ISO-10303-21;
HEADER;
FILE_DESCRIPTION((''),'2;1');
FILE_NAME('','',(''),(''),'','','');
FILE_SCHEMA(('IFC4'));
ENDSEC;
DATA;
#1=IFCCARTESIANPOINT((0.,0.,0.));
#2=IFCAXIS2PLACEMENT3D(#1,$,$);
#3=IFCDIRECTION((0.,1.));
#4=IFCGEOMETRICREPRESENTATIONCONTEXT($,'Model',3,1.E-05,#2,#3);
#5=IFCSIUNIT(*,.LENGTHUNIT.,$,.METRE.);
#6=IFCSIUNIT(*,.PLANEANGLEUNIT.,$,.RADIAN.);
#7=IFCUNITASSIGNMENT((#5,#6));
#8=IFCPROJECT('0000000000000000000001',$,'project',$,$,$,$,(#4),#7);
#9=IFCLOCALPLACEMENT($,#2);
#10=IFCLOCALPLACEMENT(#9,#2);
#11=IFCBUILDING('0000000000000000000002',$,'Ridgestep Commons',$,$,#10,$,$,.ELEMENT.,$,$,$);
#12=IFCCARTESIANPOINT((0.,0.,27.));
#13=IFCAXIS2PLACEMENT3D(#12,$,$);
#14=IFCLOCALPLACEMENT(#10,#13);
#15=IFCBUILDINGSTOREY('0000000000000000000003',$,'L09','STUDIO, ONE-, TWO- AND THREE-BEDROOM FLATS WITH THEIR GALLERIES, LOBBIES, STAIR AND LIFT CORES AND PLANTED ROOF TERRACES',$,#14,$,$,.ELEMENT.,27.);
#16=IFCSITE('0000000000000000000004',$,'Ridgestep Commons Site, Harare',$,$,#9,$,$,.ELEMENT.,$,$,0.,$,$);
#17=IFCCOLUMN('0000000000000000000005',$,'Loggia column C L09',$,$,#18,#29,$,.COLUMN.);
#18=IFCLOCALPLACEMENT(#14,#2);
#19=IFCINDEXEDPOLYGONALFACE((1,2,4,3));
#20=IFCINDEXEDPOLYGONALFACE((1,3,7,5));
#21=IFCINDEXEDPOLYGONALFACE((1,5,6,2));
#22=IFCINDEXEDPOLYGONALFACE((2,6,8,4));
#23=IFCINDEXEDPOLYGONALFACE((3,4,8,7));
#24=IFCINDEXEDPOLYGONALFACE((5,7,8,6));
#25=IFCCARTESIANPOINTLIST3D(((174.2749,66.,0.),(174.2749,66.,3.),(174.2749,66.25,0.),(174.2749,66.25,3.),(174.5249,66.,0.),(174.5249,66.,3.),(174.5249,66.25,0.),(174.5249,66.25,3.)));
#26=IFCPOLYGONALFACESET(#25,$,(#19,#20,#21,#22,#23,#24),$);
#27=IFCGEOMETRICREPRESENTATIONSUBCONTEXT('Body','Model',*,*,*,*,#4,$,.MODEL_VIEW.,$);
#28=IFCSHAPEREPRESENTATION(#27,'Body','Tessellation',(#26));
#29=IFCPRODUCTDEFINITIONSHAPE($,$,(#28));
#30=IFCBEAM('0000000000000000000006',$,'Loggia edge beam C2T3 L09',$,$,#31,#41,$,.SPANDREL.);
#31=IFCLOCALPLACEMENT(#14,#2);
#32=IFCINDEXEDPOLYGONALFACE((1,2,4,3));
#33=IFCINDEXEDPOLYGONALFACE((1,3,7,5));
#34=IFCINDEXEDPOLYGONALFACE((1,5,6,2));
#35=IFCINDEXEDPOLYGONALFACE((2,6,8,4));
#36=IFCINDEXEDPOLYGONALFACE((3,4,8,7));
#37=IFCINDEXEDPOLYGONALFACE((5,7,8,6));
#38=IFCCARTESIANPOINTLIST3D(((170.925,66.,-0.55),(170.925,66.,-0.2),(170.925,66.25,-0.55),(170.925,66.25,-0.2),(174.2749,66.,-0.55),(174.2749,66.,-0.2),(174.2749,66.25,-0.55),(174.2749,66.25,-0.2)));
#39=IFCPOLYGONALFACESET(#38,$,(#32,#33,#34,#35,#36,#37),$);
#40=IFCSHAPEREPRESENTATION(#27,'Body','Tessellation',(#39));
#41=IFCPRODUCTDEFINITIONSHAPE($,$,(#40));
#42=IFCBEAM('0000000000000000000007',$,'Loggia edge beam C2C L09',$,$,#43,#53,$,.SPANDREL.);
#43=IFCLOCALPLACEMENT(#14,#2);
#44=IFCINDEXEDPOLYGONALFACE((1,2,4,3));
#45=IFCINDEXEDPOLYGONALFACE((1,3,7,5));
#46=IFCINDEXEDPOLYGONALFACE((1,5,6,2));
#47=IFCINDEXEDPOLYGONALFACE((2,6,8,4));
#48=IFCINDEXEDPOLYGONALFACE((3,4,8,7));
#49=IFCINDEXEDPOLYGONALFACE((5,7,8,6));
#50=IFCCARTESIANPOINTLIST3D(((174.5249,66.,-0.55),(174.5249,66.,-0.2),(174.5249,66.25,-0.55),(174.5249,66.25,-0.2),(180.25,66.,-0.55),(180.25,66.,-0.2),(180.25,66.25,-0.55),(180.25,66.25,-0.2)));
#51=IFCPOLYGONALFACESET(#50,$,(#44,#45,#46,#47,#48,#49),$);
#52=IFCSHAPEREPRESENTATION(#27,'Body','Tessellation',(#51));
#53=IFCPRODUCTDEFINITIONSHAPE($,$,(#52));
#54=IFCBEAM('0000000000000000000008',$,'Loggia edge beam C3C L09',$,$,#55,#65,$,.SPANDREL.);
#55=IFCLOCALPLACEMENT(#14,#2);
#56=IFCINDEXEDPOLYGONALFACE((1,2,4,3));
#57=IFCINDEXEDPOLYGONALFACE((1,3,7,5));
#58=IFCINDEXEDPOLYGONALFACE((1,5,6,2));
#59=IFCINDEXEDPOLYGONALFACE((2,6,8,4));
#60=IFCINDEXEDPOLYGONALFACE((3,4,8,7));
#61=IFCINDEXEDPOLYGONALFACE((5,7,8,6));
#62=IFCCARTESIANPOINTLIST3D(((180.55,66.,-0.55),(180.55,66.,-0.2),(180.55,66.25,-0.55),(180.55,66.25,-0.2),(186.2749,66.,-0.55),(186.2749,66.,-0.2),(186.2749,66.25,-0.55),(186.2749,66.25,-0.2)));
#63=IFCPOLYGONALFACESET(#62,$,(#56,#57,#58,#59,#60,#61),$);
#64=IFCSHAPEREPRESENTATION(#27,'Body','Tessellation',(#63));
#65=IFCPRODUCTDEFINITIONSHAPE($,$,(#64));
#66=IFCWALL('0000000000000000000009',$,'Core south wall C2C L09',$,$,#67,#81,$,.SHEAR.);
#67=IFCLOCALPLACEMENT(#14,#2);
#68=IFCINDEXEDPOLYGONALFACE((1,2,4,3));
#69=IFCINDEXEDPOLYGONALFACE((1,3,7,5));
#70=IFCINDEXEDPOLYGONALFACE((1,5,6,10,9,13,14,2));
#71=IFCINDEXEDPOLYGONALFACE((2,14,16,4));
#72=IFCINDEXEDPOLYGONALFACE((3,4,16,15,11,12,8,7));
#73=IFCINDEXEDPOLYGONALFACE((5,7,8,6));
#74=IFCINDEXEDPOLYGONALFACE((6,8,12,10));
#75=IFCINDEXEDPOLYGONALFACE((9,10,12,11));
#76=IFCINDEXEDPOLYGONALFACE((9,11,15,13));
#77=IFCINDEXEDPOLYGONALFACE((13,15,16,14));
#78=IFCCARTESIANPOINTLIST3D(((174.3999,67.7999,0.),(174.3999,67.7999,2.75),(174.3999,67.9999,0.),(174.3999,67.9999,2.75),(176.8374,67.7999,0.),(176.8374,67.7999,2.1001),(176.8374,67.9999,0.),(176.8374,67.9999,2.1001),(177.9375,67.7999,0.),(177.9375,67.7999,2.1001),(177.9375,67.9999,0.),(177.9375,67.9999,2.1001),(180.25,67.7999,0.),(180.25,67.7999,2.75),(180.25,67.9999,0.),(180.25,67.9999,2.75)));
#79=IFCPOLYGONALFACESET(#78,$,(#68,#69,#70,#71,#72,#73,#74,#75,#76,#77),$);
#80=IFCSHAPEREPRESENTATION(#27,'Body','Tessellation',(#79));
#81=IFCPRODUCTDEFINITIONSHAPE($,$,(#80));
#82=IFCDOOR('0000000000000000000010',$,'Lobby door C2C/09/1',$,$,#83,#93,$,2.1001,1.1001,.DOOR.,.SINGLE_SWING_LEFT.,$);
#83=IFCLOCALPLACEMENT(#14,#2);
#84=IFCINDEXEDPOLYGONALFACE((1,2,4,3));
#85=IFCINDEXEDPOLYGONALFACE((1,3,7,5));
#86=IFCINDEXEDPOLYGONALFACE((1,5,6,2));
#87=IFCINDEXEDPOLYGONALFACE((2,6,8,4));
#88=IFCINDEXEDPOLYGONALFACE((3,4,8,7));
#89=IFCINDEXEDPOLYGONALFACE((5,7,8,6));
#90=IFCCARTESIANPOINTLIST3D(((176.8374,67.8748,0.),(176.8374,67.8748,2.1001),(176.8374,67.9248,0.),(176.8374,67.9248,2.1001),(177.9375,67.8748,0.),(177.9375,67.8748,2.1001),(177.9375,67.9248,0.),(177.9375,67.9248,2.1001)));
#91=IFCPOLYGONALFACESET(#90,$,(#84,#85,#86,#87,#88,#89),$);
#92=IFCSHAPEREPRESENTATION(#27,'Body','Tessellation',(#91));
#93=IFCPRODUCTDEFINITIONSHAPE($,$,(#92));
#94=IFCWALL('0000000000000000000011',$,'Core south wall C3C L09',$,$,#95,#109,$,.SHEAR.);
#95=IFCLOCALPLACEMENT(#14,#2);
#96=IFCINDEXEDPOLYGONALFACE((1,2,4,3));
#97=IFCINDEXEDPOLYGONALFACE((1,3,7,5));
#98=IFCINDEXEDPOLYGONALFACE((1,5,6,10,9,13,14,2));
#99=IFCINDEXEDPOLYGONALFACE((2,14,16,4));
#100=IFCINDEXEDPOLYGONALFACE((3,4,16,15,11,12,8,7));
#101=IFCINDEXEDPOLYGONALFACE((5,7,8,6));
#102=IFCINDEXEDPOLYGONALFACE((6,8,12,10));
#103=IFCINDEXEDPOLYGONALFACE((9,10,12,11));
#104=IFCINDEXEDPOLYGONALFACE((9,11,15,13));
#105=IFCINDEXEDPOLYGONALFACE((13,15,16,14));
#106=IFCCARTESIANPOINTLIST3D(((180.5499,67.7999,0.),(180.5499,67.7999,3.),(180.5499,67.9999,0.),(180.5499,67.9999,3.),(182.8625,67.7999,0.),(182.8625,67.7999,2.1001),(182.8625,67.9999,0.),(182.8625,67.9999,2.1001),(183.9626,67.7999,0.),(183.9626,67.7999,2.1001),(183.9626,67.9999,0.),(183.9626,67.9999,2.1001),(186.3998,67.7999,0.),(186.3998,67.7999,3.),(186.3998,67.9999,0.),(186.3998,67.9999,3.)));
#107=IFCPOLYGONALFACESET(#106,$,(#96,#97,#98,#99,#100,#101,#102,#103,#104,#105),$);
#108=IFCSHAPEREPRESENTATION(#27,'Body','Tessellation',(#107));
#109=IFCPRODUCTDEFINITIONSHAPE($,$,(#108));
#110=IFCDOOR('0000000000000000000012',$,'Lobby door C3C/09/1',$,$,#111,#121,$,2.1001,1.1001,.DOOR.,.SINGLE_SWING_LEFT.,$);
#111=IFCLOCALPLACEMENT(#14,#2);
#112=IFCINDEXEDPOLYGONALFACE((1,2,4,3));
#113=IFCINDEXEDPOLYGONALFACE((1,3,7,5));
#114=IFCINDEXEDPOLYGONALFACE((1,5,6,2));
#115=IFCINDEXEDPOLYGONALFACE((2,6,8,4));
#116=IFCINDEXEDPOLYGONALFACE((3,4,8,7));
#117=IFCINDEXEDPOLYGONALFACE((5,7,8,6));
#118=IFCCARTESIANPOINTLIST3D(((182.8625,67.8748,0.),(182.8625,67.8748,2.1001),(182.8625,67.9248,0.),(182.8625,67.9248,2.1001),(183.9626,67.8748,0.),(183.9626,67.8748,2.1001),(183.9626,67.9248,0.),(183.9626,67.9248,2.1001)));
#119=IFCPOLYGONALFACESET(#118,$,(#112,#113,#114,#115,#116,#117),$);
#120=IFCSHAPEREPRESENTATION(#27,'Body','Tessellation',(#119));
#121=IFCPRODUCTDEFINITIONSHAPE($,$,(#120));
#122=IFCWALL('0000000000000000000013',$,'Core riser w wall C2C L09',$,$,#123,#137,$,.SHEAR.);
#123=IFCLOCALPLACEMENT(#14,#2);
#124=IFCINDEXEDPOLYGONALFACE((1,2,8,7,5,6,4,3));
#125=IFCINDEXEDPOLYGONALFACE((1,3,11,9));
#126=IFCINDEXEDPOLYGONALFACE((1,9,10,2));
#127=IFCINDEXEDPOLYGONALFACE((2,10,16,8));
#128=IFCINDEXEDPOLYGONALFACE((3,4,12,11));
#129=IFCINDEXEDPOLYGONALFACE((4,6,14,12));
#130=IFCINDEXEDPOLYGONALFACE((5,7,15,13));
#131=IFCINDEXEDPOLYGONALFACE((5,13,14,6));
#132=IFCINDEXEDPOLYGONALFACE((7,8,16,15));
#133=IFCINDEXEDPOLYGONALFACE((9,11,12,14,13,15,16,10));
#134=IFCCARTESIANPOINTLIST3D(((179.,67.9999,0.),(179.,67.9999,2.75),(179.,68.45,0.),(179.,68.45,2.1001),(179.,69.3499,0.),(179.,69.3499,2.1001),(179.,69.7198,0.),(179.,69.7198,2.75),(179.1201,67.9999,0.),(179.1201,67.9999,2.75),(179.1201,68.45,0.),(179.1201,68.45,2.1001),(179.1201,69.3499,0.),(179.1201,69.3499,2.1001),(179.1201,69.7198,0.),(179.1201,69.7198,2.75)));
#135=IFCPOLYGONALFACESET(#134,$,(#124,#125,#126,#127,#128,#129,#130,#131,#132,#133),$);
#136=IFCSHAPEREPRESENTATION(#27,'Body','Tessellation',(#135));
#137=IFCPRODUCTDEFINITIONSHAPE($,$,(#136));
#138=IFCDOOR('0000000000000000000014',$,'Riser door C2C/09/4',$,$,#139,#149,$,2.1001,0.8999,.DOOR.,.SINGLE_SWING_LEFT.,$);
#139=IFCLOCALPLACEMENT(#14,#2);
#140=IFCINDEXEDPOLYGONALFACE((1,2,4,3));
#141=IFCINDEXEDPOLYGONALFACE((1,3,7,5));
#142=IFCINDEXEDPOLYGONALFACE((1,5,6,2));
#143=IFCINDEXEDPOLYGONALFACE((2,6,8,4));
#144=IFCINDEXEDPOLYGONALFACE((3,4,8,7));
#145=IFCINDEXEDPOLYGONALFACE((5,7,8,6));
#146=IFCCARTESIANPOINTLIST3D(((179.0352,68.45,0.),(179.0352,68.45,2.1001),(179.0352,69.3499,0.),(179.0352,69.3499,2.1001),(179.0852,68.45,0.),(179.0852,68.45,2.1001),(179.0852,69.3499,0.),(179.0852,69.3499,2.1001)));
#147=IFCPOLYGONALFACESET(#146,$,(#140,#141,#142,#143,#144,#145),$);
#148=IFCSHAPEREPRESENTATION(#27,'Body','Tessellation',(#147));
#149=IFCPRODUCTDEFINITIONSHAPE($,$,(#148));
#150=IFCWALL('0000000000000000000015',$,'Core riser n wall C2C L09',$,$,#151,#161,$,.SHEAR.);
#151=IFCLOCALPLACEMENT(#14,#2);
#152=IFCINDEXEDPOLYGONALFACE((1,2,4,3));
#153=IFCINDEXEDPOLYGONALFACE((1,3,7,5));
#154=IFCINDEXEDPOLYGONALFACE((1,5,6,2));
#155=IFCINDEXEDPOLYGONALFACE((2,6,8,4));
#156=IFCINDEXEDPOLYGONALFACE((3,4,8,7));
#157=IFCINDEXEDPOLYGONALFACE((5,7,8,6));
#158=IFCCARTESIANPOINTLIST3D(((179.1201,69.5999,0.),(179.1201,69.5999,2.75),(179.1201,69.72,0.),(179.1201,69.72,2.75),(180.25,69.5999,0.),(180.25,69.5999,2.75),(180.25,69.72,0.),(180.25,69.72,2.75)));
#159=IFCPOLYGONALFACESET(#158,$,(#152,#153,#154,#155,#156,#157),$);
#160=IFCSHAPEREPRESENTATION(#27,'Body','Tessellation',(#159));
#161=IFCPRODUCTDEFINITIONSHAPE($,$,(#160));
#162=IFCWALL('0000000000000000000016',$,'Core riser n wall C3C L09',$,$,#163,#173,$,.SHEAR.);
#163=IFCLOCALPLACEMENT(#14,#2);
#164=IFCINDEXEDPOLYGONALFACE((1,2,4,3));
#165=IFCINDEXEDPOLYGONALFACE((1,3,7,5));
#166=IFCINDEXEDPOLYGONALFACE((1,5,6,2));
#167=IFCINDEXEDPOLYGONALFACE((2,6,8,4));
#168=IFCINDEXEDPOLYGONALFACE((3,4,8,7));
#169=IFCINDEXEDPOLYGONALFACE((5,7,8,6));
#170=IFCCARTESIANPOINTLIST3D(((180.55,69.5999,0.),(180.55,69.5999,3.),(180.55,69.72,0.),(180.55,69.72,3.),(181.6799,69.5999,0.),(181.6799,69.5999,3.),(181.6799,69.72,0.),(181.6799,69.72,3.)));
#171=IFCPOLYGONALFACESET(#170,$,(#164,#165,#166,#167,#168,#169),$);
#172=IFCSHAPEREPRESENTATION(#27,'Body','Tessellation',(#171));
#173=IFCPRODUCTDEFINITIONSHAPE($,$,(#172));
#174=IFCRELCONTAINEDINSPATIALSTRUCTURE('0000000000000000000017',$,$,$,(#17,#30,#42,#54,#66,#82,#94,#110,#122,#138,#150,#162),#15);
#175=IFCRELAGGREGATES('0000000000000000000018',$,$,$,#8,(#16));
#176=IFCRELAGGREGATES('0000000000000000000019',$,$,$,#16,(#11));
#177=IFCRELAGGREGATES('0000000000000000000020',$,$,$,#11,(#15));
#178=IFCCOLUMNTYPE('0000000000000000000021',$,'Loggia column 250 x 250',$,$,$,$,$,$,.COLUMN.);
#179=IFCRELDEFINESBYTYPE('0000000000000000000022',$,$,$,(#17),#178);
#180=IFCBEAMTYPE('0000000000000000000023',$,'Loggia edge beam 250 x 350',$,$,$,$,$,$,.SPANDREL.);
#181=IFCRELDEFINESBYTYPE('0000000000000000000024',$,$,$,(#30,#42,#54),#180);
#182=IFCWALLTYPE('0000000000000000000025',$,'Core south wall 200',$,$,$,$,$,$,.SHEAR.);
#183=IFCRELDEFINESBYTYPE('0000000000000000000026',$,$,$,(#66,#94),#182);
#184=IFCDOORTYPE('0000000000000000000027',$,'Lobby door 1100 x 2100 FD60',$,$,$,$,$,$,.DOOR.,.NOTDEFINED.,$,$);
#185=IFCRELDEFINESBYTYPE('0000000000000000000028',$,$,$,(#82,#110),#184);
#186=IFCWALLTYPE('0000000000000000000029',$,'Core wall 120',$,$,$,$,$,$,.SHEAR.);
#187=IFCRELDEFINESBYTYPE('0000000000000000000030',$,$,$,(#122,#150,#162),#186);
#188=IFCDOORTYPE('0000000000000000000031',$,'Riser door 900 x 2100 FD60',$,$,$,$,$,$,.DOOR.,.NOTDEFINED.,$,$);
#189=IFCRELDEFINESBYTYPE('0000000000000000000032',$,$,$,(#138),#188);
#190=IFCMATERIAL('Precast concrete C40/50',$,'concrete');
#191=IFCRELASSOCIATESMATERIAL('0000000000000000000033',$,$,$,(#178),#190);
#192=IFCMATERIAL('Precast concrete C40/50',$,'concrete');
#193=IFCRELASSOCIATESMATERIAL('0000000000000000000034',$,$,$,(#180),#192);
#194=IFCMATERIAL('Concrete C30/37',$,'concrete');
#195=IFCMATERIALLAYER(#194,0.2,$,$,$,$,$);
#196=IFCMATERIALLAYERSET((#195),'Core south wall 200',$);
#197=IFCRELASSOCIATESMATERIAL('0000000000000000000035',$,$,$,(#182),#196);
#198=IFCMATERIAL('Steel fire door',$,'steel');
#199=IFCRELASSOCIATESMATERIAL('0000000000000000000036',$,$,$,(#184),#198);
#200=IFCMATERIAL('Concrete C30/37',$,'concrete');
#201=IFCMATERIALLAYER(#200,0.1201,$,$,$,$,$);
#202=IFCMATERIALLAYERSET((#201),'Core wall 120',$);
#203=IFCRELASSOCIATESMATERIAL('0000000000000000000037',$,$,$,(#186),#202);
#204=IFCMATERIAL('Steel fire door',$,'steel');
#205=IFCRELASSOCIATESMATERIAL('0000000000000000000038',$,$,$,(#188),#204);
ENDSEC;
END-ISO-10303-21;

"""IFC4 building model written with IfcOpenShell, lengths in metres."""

from ifc_helpers import new_model, si_unit, direction, frame, frame_2d, origin, origin_2d, place, context, subcontext, project, spatial, rectangle, extrude, material, layer, layer_set, material_profile, profile_set, type_object, element, fill, save


model = new_model("IFC4")

# Units and contexts
model_context = context("Model", 3, precision=1e-05, world=origin(), true_north=direction((0.0, 1.0)))
body_context = subcontext(model_context, "Body", "Model", "MODEL_VIEW")
ifc_project = project(units=[si_unit("LENGTHUNIT", "METRE"), si_unit("PLANEANGLEUNIT", "RADIAN")], contexts=[model_context])

# Site, building, storey
site_placement = place(None, origin())
site = spatial("IfcSite", under=ifc_project, at=site_placement, Name="Ridgestep Commons Site, Harare", CompositionType="ELEMENT", RefElevation=0.0)
building_placement = place(site_placement, origin())
building = spatial("IfcBuilding", under=site, at=building_placement, Name="Ridgestep Commons", CompositionType="ELEMENT")
storey_placement = place(building_placement, frame((0.0, 0.0, 27.0)))
storey = spatial("IfcBuildingStorey", under=building, at=storey_placement, Name="L09", Description="STUDIO, ONE-, TWO- AND THREE-BEDROOM FLATS WITH THEIR GALLERIES, LOBBIES, STAIR AND LIFT CORES AND PLANTED ROOF TERRACES", CompositionType="ELEMENT", Elevation=27.0)

# Column
ifc_material_1 = material(Name="Precast concrete C40/50", Category="concrete")
ifc_material_profile_1 = material_profile(ifc_material_1, rectangle(XDim=0.25, YDim=0.25, at=origin_2d()), Name="PC 250x250")
ifc_profile_set_1 = profile_set([ifc_material_profile_1], Name="Precast concrete C40/50")
column_type = type_object("IfcColumnType", Name="Loggia column 250 x 250", PredefinedType="COLUMN", material=ifc_profile_set_1)
column_placement = place(storey_placement, frame((174.3999, 66.125, 0.0), z_axis=(0.0, 0.0, 1.0), x_axis=(1.0, 0.0, 0.0)))
element("IfcColumn", 1, at=column_placement, inside=storey, type_object=column_type, Name="Loggia column C L09", PredefinedType="COLUMN", context=body_context, shape_type="SweptSolid", body=[
    extrude(rectangle(XDim=0.25, YDim=0.25, at=origin_2d()), origin(), (0.0, 0.0, 1.0), 3.0),
])

# Beams
ifc_material_2 = material(Name="Precast concrete C40/50", Category="concrete")
ifc_material_profile_2 = material_profile(ifc_material_2, rectangle(XDim=0.25, YDim=0.3501, at=origin_2d()), Name="PC 250x350")
ifc_profile_set_2 = profile_set([ifc_material_profile_2], Name="Precast concrete C40/50")
beam_type = type_object("IfcBeamType", Name="Loggia edge beam 250 x 350", PredefinedType="SPANDREL", material=ifc_profile_set_2)
beam_1_placement = place(storey_placement, frame((170.925, 66.125, -0.375), z_axis=(1.0, 0.0, 0.0), x_axis=(0.0, 1.0, 0.0)))
element("IfcBeam", 2, at=beam_1_placement, inside=storey, type_object=beam_type, Name="Loggia edge beam C2T3 L09", PredefinedType="SPANDREL", context=body_context, shape_type="SweptSolid", body=[
    extrude(rectangle(XDim=0.25, YDim=0.3501, at=origin_2d()), origin(), (0.0, 0.0, 1.0), 3.3499),
])
beam_2_placement = place(storey_placement, frame((174.5249, 66.125, -0.375), z_axis=(1.0, 0.0, 0.0), x_axis=(0.0, 1.0, 0.0)))
element("IfcBeam", 3, at=beam_2_placement, inside=storey, type_object=beam_type, Name="Loggia edge beam C2C L09", PredefinedType="SPANDREL", context=body_context, shape_type="SweptSolid", body=[
    extrude(rectangle(XDim=0.25, YDim=0.3501, at=origin_2d()), origin(), (0.0, 0.0, 1.0), 5.7251),
])
beam_3_placement = place(storey_placement, frame((180.55, 66.125, -0.375), z_axis=(1.0, 0.0, 0.0), x_axis=(0.0, 1.0, 0.0)))
element("IfcBeam", 4, at=beam_3_placement, inside=storey, type_object=beam_type, Name="Loggia edge beam C3C L09", PredefinedType="SPANDREL", context=body_context, shape_type="SweptSolid", body=[
    extrude(rectangle(XDim=0.25, YDim=0.3501, at=origin_2d()), origin(), (0.0, 0.0, 1.0), 5.7249),
])

# Walls, openings, doors
ifc_material_3 = material(Name="Concrete C30/37", Category="concrete")
ifc_layer_1 = layer(ifc_material_3, 0.2)
ifc_layer_set_1 = layer_set([ifc_layer_1], Name="Core south wall 200")
wall_type_1 = type_object("IfcWallType", Name="Core south wall 200", PredefinedType="SHEAR", material=ifc_layer_set_1)
wall_1_placement = place(storey_placement, frame((174.3999, 67.8999, 0.0), z_axis=(0.0, 0.0, 1.0), x_axis=(1.0, 0.0, 0.0)))
wall_1 = element("IfcWall", 5, at=wall_1_placement, inside=storey, type_object=wall_type_1, Name="Core south wall C2C L09", PredefinedType="SHEAR", context=body_context, shape_type="SweptSolid", body=[
    extrude(rectangle(XDim=5.8501, YDim=0.2, at=frame_2d((2.925, 0.0))), origin(), (0.0, 0.0, 1.0), 2.75),
])
opening_1_placement = place(wall_1_placement, frame((2.4375, 0.0, 0.0)))
opening_1 = element("IfcOpeningElement", 6, at=opening_1_placement, cuts=wall_1, PredefinedType="OPENING", context=body_context, shape_type="SweptSolid", body=[
    extrude(rectangle(XDim=1.1001, YDim=2.1001, at=frame_2d((0.55, 1.05))), frame((0.0, 0.1099, 0.0), z_axis=(0.0, -1.0, 0.0), x_axis=(1.0, 0.0, 0.0)), (0.0, 0.0, 1.0), 0.22),
])
ifc_material_4 = material(Name="Steel fire door", Category="steel")
door_type_1 = type_object("IfcDoorType", Name="Lobby door 1100 x 2100 FD60", OperationType="NOTDEFINED", PredefinedType="DOOR", material=ifc_material_4)
door_1_placement = place(opening_1_placement, origin())
door_1 = element("IfcDoor", 7, at=door_1_placement, inside=storey, type_object=door_type_1, Name="Lobby door C2C/09/1", OperationType="SINGLE_SWING_LEFT", OverallHeight=2.1001, OverallWidth=1.1001, PredefinedType="DOOR", context=body_context, shape_type="SweptSolid", body=[
    extrude(rectangle(XDim=1.1001, YDim=2.1001, at=frame_2d((0.55, 1.05))), frame((0.0, 0.0249, 0.0), z_axis=(0.0, -1.0, 0.0), x_axis=(1.0, 0.0, 0.0)), (0.0, 0.0, 1.0), 0.05),
])
fill(opening_1, door_1)
wall_2_placement = place(storey_placement, frame((180.55, 67.8999, 0.0), z_axis=(0.0, 0.0, 1.0), x_axis=(1.0, 0.0, 0.0)))
wall_2 = element("IfcWall", 8, at=wall_2_placement, inside=storey, type_object=wall_type_1, Name="Core south wall C3C L09", PredefinedType="SHEAR", context=body_context, shape_type="SweptSolid", body=[
    extrude(rectangle(XDim=5.8499, YDim=0.2, at=frame_2d((2.9248, 0.0))), origin(), (0.0, 0.0, 1.0), 3.0),
])
opening_2_placement = place(wall_2_placement, frame((2.3125, 0.0, 0.0)))
opening_2 = element("IfcOpeningElement", 9, at=opening_2_placement, cuts=wall_2, PredefinedType="OPENING", context=body_context, shape_type="SweptSolid", body=[
    extrude(rectangle(XDim=1.1001, YDim=2.1001, at=frame_2d((0.55, 1.05))), frame((0.0, 0.1099, 0.0), z_axis=(0.0, -1.0, 0.0), x_axis=(1.0, 0.0, 0.0)), (0.0, 0.0, 1.0), 0.22),
])
door_2_placement = place(opening_2_placement, origin())
door_2 = element("IfcDoor", 10, at=door_2_placement, inside=storey, type_object=door_type_1, Name="Lobby door C3C/09/1", OperationType="SINGLE_SWING_LEFT", OverallHeight=2.1001, OverallWidth=1.1001, PredefinedType="DOOR", context=body_context, shape_type="SweptSolid", body=[
    extrude(rectangle(XDim=1.1001, YDim=2.1001, at=frame_2d((0.55, 1.05))), frame((0.0, 0.0249, 0.0), z_axis=(0.0, -1.0, 0.0), x_axis=(1.0, 0.0, 0.0)), (0.0, 0.0, 1.0), 0.05),
])
fill(opening_2, door_2)
ifc_material_5 = material(Name="Concrete C30/37", Category="concrete")
ifc_layer_2 = layer(ifc_material_5, 0.1201)
ifc_layer_set_2 = layer_set([ifc_layer_2], Name="Core wall 120")
wall_type_2 = type_object("IfcWallType", Name="Core wall 120", PredefinedType="SHEAR", material=ifc_layer_set_2)
wall_3_placement = place(storey_placement, frame((179.0601, 68.0, 0.0), z_axis=(0.0, 0.0, 1.0), x_axis=(0.0, 1.0, 0.0)))
wall_3 = element("IfcWall", 11, at=wall_3_placement, inside=storey, type_object=wall_type_2, Name="Core riser w wall C2C L09", PredefinedType="SHEAR", context=body_context, shape_type="SweptSolid", body=[
    extrude(rectangle(XDim=1.72, YDim=0.1201, at=frame_2d((0.8599, 0.0))), origin(), (0.0, 0.0, 1.0), 2.75),
])
opening_3_placement = place(wall_3_placement, frame((0.45, 0.0, 0.0)))
opening_3 = element("IfcOpeningElement", 12, at=opening_3_placement, cuts=wall_3, PredefinedType="OPENING", context=body_context, shape_type="SweptSolid", body=[
    extrude(rectangle(XDim=0.8999, YDim=2.1001, at=frame_2d((0.45, 1.05))), frame((0.0, 0.0701, 0.0), z_axis=(0.0, -1.0, 0.0), x_axis=(1.0, 0.0, 0.0)), (0.0, 0.0, 1.0), 0.1401),
])
ifc_material_6 = material(Name="Steel fire door", Category="steel")
door_type_2 = type_object("IfcDoorType", Name="Riser door 900 x 2100 FD60", OperationType="NOTDEFINED", PredefinedType="DOOR", material=ifc_material_6)
door_3_placement = place(opening_3_placement, origin())
door_3 = element("IfcDoor", 13, at=door_3_placement, inside=storey, type_object=door_type_2, Name="Riser door C2C/09/4", OperationType="SINGLE_SWING_LEFT", OverallHeight=2.1001, OverallWidth=0.8999, PredefinedType="DOOR", context=body_context, shape_type="SweptSolid", body=[
    extrude(rectangle(XDim=0.8999, YDim=2.1001, at=frame_2d((0.45, 1.05))), frame((0.0, 0.0249, 0.0), z_axis=(0.0, -1.0, 0.0), x_axis=(1.0, 0.0, 0.0)), (0.0, 0.0, 1.0), 0.05),
])
fill(opening_3, door_3)

# Walls
wall_4_placement = place(storey_placement, frame((179.1201, 69.6599, 0.0), z_axis=(0.0, 0.0, 1.0), x_axis=(1.0, 0.0, 0.0)))
element("IfcWall", 14, at=wall_4_placement, inside=storey, type_object=wall_type_2, Name="Core riser n wall C2C L09", PredefinedType="SHEAR", context=body_context, shape_type="SweptSolid", body=[
    extrude(rectangle(XDim=1.1299, YDim=0.1201, at=frame_2d((0.5649, 0.0))), origin(), (0.0, 0.0, 1.0), 2.75),
])
wall_5_placement = place(storey_placement, frame((180.55, 69.6599, 0.0), z_axis=(0.0, 0.0, 1.0), x_axis=(1.0, 0.0, 0.0)))
element("IfcWall", 15, at=wall_5_placement, inside=storey, type_object=wall_type_2, Name="Core riser n wall C3C L09", PredefinedType="SHEAR", context=body_context, shape_type="SweptSolid", body=[
    extrude(rectangle(XDim=1.1299, YDim=0.1201, at=frame_2d((0.5649, 0.0))), origin(), (0.0, 0.0, 1.0), 3.0),
])

save(model, "model.ifc")
